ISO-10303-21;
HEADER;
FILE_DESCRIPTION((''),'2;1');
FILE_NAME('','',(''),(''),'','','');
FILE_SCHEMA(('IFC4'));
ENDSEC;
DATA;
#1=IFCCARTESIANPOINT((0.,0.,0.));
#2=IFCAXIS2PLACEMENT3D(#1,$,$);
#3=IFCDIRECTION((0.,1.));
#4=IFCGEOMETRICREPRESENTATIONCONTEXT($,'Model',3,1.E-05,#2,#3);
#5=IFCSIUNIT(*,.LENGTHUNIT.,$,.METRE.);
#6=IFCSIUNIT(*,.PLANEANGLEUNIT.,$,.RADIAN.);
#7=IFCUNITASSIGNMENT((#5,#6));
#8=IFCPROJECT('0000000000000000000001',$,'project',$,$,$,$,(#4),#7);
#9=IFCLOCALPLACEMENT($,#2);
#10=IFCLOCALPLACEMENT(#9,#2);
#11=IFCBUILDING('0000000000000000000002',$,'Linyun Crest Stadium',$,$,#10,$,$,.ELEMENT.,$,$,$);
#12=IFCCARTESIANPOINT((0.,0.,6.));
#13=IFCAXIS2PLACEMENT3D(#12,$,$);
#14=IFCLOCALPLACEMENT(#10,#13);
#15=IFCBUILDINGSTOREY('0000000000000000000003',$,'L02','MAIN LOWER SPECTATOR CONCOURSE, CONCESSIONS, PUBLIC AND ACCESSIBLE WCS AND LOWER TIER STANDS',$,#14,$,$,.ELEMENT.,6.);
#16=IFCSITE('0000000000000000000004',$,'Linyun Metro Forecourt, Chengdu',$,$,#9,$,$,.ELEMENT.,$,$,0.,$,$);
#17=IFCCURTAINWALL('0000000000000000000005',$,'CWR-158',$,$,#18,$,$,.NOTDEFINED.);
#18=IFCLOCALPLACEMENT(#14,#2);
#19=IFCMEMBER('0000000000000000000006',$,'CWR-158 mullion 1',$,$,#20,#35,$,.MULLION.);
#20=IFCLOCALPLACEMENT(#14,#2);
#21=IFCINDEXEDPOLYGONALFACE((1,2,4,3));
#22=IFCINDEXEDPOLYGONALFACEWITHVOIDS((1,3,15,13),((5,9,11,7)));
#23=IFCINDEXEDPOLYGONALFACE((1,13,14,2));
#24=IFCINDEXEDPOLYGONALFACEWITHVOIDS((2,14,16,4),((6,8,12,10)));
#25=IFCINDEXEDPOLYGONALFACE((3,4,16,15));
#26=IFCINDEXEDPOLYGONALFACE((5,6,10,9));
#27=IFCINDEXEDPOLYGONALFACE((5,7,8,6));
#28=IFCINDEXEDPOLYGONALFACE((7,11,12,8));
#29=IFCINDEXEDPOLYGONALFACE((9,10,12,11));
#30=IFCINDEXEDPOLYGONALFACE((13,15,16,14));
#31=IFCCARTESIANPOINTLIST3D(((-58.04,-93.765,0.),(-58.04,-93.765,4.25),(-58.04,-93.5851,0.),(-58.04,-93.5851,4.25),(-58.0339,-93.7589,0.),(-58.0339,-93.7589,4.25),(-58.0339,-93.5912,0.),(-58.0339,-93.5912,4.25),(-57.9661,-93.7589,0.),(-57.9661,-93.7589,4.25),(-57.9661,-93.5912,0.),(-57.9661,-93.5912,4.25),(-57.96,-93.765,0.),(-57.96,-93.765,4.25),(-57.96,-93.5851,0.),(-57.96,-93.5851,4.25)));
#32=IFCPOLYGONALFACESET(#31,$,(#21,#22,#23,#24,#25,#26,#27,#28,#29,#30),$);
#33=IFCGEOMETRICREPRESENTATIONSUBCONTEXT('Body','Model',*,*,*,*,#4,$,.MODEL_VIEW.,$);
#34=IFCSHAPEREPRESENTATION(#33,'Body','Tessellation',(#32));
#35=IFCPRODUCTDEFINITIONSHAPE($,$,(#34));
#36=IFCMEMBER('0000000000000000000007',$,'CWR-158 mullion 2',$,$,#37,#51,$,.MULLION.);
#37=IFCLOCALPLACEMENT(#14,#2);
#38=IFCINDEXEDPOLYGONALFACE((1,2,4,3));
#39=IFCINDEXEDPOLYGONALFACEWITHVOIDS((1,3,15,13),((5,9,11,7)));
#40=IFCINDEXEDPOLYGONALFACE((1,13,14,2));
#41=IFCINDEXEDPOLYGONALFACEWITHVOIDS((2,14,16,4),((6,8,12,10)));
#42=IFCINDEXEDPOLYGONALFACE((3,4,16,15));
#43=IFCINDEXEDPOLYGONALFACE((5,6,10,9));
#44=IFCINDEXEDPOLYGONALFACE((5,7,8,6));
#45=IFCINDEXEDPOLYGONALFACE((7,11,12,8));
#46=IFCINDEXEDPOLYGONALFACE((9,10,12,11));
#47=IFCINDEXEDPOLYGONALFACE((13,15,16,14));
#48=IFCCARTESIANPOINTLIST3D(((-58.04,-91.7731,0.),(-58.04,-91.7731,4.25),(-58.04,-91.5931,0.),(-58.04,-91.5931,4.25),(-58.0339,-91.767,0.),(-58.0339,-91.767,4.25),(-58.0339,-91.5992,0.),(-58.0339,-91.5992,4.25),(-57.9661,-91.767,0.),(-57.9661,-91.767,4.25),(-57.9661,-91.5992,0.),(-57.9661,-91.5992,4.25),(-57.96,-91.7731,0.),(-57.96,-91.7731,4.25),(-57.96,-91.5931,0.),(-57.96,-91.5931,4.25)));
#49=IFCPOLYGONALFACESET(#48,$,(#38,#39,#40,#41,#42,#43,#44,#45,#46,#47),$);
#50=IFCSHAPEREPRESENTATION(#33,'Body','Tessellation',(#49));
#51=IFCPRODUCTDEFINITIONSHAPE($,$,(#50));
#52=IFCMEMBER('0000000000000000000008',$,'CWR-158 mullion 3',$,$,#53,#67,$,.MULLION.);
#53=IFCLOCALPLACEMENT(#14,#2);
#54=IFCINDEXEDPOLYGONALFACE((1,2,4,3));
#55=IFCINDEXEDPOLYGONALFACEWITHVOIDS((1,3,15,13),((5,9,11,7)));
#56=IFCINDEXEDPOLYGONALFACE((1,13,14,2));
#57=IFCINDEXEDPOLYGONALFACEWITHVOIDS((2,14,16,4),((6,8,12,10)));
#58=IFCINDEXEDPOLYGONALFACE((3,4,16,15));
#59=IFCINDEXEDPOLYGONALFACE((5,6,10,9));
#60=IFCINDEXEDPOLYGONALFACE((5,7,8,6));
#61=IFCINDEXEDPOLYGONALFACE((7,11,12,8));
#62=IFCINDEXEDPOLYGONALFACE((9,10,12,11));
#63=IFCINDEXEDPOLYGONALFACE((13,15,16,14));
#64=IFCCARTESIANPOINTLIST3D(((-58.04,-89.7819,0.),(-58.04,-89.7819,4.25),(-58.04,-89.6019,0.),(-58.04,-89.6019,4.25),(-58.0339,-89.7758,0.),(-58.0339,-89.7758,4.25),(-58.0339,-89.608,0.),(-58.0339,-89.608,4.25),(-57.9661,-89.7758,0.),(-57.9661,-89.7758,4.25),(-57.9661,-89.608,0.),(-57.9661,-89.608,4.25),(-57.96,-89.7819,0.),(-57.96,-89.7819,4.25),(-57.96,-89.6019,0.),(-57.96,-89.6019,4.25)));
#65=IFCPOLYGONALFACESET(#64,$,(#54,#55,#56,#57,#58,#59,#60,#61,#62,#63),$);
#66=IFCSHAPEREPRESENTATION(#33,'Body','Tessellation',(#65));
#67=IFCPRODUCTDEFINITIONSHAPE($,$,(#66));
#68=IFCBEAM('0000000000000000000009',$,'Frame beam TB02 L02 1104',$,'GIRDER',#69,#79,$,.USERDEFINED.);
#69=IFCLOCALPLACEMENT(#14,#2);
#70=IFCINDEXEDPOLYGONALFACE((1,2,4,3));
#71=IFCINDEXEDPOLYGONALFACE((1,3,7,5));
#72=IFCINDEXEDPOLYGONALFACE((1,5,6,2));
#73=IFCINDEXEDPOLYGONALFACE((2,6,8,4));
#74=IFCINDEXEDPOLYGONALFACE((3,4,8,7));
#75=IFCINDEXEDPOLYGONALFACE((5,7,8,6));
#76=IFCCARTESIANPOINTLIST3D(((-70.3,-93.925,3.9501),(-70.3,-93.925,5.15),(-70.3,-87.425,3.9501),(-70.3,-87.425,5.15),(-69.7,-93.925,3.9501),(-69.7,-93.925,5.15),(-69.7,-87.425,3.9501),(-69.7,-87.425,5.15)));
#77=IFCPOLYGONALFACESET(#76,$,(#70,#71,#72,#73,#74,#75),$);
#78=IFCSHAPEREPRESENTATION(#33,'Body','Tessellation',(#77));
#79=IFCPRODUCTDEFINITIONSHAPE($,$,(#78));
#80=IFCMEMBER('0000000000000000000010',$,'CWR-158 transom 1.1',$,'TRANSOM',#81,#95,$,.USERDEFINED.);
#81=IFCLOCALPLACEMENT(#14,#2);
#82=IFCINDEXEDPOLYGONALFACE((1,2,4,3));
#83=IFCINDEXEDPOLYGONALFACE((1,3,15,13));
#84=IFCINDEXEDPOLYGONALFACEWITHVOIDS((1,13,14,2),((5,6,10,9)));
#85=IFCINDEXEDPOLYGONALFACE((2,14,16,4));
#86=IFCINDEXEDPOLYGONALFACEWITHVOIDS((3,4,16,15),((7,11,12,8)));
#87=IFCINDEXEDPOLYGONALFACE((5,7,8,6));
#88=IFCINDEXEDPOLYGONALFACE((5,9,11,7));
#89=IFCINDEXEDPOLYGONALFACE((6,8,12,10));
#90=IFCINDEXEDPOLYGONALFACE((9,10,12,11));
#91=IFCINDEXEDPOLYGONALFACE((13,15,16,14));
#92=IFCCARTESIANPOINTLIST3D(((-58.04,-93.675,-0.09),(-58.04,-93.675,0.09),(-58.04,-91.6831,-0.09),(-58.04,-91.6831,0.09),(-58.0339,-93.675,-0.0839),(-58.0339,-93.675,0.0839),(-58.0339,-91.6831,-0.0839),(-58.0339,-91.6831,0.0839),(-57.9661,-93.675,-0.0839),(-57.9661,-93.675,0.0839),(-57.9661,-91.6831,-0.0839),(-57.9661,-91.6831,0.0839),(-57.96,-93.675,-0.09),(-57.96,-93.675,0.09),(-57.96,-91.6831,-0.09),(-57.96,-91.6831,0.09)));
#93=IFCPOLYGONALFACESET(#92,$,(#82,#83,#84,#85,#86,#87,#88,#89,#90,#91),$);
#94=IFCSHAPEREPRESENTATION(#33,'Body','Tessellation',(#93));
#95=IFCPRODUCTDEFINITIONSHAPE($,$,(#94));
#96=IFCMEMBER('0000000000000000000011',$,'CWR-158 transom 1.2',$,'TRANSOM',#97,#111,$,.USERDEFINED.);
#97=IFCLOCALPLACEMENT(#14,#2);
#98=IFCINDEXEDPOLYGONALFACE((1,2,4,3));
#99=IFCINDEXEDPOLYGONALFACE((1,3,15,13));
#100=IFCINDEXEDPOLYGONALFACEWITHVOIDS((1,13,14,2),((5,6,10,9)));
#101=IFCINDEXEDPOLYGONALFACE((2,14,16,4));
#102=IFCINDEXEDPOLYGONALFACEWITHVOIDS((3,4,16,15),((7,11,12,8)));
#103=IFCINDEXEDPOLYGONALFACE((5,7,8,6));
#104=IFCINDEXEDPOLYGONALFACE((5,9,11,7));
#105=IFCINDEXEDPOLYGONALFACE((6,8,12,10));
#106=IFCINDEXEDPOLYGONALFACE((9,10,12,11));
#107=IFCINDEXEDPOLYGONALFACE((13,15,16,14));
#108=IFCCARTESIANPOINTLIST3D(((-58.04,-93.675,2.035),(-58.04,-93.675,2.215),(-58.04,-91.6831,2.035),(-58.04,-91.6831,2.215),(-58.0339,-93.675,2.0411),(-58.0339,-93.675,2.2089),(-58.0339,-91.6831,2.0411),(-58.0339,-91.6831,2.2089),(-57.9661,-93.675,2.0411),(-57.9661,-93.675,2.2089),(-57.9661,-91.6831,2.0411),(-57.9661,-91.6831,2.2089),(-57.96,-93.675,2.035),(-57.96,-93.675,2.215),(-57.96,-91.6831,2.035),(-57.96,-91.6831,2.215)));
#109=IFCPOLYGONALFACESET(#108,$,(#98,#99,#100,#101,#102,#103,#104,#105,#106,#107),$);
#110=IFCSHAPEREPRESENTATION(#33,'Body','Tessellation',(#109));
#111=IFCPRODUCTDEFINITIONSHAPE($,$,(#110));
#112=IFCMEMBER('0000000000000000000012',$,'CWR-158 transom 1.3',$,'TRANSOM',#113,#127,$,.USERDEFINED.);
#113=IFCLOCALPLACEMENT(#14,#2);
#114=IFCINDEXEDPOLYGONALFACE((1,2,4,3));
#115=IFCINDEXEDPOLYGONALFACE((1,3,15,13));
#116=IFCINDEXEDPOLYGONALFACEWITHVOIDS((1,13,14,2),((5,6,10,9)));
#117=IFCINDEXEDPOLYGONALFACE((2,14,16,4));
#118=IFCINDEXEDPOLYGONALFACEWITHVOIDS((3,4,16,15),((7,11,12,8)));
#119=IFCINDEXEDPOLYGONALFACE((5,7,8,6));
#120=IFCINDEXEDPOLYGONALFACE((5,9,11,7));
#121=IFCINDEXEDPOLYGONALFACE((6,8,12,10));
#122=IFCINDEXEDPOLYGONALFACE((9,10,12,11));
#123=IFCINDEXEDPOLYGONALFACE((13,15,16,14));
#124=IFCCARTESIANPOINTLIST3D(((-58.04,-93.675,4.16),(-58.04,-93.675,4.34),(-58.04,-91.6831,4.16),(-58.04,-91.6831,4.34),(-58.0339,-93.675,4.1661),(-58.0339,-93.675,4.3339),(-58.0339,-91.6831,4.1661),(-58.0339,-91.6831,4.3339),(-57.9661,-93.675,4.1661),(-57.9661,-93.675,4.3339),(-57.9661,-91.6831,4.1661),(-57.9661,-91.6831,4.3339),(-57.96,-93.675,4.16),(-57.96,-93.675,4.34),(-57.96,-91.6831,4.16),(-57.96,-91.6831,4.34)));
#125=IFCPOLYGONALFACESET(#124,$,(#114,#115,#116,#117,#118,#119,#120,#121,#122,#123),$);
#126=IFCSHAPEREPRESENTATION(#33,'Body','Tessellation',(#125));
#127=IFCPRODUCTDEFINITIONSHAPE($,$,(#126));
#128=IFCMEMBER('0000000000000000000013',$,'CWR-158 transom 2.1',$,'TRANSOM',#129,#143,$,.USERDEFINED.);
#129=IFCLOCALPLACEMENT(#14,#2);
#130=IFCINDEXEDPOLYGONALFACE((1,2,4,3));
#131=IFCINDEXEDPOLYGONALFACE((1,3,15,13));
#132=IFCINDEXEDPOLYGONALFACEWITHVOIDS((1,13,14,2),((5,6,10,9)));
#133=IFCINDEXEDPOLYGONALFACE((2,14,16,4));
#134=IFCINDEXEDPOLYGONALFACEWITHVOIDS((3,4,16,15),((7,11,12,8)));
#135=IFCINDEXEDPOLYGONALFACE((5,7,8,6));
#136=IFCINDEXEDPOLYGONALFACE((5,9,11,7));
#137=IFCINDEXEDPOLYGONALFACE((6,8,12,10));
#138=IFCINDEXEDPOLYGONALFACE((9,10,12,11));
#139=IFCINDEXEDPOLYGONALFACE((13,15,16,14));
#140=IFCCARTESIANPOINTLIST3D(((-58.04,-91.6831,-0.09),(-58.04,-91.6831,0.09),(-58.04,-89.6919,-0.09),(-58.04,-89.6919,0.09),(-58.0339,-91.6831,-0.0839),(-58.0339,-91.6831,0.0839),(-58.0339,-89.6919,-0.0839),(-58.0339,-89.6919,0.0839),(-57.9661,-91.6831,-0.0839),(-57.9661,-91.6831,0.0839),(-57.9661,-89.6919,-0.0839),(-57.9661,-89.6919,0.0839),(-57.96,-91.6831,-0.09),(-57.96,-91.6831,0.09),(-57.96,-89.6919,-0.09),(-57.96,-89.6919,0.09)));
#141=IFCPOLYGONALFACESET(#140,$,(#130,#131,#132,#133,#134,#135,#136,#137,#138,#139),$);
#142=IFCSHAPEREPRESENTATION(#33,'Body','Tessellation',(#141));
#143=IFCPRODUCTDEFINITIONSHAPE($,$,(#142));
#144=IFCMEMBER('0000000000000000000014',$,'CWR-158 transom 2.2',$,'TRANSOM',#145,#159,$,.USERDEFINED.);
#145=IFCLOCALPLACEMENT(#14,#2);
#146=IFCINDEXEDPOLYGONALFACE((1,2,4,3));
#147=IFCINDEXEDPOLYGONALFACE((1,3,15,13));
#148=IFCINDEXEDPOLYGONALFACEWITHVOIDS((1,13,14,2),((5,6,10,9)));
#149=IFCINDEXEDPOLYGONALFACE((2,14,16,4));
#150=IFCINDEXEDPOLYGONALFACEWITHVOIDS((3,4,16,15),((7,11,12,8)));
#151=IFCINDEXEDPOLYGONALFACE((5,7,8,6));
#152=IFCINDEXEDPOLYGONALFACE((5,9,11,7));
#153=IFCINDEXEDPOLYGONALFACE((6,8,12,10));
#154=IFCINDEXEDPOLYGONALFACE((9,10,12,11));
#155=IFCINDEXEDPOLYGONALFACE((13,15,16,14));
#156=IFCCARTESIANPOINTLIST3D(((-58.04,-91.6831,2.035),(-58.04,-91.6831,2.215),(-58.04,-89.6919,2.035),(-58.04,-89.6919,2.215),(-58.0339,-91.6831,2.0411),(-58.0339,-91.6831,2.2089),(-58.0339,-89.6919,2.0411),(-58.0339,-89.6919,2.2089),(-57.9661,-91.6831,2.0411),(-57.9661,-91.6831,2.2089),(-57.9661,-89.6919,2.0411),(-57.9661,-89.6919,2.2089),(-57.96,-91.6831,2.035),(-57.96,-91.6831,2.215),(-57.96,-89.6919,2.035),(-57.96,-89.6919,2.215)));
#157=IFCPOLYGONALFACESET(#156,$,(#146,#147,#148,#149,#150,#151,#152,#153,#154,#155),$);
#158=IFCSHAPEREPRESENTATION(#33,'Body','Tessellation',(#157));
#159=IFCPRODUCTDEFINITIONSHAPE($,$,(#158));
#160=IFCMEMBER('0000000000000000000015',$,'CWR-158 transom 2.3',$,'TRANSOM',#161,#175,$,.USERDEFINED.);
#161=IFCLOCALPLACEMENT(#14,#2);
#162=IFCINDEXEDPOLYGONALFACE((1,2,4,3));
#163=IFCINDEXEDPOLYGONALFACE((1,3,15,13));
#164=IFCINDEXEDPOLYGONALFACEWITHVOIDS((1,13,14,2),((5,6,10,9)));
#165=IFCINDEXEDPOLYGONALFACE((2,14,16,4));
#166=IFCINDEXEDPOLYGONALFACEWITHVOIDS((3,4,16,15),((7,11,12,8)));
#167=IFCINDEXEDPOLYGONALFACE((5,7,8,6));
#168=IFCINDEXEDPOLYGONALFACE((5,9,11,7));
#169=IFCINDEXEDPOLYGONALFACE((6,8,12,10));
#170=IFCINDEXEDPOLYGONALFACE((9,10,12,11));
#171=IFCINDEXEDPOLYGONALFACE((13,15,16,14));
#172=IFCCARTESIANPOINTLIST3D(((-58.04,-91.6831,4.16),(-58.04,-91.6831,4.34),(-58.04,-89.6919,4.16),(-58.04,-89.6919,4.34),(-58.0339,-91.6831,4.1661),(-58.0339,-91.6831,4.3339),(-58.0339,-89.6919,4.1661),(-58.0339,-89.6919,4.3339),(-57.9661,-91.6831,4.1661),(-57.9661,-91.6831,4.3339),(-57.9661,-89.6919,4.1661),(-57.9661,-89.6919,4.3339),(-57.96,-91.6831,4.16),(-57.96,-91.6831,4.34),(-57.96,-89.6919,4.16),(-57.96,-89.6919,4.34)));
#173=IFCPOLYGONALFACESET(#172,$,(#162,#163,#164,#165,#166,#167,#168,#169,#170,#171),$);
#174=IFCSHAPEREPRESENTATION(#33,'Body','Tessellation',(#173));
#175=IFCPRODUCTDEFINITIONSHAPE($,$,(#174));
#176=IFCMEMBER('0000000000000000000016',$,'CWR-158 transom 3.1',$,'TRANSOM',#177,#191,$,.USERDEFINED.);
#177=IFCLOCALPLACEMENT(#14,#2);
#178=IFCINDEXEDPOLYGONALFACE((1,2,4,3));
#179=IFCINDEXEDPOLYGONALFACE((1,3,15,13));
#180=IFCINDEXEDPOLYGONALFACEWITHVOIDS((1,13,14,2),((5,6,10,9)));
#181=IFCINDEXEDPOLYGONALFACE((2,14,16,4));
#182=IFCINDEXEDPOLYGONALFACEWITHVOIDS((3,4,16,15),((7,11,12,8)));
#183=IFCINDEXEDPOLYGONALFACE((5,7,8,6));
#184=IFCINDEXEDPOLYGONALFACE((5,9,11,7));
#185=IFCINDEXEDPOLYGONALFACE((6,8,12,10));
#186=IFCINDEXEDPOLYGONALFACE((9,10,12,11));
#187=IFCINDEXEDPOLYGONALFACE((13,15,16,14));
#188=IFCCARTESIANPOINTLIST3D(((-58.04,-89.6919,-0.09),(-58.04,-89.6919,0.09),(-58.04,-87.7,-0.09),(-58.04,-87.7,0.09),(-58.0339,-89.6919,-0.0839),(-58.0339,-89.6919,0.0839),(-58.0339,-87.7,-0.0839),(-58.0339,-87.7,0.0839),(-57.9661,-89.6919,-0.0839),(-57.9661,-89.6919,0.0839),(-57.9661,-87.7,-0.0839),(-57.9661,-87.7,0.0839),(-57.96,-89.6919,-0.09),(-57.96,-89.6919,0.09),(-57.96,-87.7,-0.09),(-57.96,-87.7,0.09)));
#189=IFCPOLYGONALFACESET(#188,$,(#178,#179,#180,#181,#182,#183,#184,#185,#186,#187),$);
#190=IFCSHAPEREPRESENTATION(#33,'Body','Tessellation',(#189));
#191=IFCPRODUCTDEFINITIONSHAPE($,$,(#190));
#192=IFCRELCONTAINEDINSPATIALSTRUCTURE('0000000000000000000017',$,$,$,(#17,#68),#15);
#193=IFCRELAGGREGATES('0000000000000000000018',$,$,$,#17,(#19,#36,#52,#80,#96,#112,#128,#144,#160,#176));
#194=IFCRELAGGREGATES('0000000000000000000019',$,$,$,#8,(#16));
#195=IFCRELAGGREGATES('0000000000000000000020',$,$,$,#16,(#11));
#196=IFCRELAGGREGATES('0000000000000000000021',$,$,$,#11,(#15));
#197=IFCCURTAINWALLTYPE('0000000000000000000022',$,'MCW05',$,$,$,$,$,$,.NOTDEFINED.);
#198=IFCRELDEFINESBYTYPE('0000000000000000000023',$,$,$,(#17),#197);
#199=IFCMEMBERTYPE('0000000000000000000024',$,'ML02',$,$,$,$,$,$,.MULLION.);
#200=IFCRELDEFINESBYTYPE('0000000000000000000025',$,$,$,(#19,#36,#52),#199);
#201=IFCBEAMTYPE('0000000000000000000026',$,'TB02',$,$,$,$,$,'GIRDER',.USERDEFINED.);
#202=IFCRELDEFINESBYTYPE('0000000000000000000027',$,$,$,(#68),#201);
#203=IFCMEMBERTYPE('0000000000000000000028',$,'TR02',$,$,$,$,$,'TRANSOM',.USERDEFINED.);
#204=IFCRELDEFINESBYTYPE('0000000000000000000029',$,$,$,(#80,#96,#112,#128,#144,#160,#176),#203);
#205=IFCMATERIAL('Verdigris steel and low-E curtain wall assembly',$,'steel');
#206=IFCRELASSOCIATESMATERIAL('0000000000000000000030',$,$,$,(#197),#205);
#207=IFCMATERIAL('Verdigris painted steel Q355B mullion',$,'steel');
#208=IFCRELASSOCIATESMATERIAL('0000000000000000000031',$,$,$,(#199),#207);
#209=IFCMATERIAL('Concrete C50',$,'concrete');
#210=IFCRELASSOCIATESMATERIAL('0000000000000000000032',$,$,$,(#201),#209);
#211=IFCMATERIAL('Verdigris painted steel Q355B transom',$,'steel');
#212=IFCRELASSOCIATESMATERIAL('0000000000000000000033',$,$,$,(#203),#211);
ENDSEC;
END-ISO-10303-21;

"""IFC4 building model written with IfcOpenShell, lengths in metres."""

from ifc_helpers import new_model, si_unit, direction, frame, origin, origin_2d, place, context, subcontext, project, spatial, rectangle, hollow_rectangle, extrude, material, material_profile, profile_set, type_object, element, aggregate, save


model = new_model("IFC4")

# Units and contexts
model_context = context("Model", 3, precision=1e-05, world=origin(), true_north=direction((0.0, 1.0)))
body_context = subcontext(model_context, "Body", "Model", "MODEL_VIEW")
ifc_project = project(units=[si_unit("LENGTHUNIT", "METRE"), si_unit("PLANEANGLEUNIT", "RADIAN")], contexts=[model_context])

# Site, building, storey
site_placement = place(None, origin())
site = spatial("IfcSite", under=ifc_project, at=site_placement, Name="Linyun Metro Forecourt, Chengdu", CompositionType="ELEMENT", RefElevation=0.0)
building_placement = place(site_placement, origin())
building = spatial("IfcBuilding", under=site, at=building_placement, Name="Linyun Crest Stadium", CompositionType="ELEMENT")
storey_placement = place(building_placement, frame((0.0, 0.0, 6.0)))
storey = spatial("IfcBuildingStorey", under=building, at=storey_placement, Name="L02", Description="MAIN LOWER SPECTATOR CONCOURSE, CONCESSIONS, PUBLIC AND ACCESSIBLE WCS AND LOWER TIER STANDS", CompositionType="ELEMENT", Elevation=6.0)

# Curtain wall, members
ifc_material_1 = material(Name="Verdigris steel and low-E curtain wall assembly", Category="steel")
curtain_wall_type = type_object("IfcCurtainWallType", Name="MCW05", PredefinedType="NOTDEFINED", material=ifc_material_1)
curtain_wall_placement = place(storey_placement, origin())
curtain_wall = element("IfcCurtainWall", 1, at=curtain_wall_placement, inside=storey, type_object=curtain_wall_type, Name="CWR-158", PredefinedType="NOTDEFINED")
ifc_material_2 = material(Name="Verdigris painted steel Q355B mullion", Category="steel")
ifc_material_profile_1 = material_profile(ifc_material_2, hollow_rectangle(XDim=0.0801, YDim=0.1799, WallThickness=0.0061, at=origin_2d()), Name="RHS 180x80x6")
ifc_profile_set_1 = profile_set([ifc_material_profile_1], Name="Verdigris painted steel Q355B mullion")
member_type_1 = type_object("IfcMemberType", Name="ML02", PredefinedType="MULLION", material=ifc_profile_set_1)
member_1_placement = place(storey_placement, frame((-58.0, -93.675, 0.0), z_axis=(0.0, 0.0, 1.0), x_axis=(-1.0, 0.0, 0.0)))
member_1 = element("IfcMember", 2, at=member_1_placement, type_object=member_type_1, Name="CWR-158 mullion 1", PredefinedType="MULLION", context=body_context, shape_type="SweptSolid", body=[
    extrude(hollow_rectangle(XDim=0.0801, YDim=0.1799, WallThickness=0.0061, at=origin_2d()), origin(), (0.0, 0.0, 1.0), 4.25),
])
member_2_placement = place(storey_placement, frame((-58.0, -91.6831, 0.0), z_axis=(0.0, 0.0, 1.0), x_axis=(-1.0, 0.0, 0.0)))
member_2 = element("IfcMember", 3, at=member_2_placement, type_object=member_type_1, Name="CWR-158 mullion 2", PredefinedType="MULLION", context=body_context, shape_type="SweptSolid", body=[
    extrude(hollow_rectangle(XDim=0.0801, YDim=0.1799, WallThickness=0.0061, at=origin_2d()), origin(), (0.0, 0.0, 1.0), 4.25),
])
member_3_placement = place(storey_placement, frame((-58.0, -89.6919, 0.0), z_axis=(0.0, 0.0, 1.0), x_axis=(-1.0, 0.0, 0.0)))
member_3 = element("IfcMember", 4, at=member_3_placement, type_object=member_type_1, Name="CWR-158 mullion 3", PredefinedType="MULLION", context=body_context, shape_type="SweptSolid", body=[
    extrude(hollow_rectangle(XDim=0.0801, YDim=0.1799, WallThickness=0.0061, at=origin_2d()), origin(), (0.0, 0.0, 1.0), 4.25),
])

# Beam
ifc_material_3 = material(Name="Concrete C50", Category="concrete")
ifc_material_profile_2 = material_profile(ifc_material_3, rectangle(XDim=0.6001, YDim=1.2, at=origin_2d()), Name="RCB 1200x600")
ifc_profile_set_2 = profile_set([ifc_material_profile_2], Name="Concrete C50")
beam_type_1 = type_object("IfcBeamType", Name="TB02", ElementType="GIRDER", PredefinedType="USERDEFINED", material=ifc_profile_set_2)
beam_1_placement = place(storey_placement, frame((-70.0, -93.925, 4.55), z_axis=(0.0, 1.0, 0.0), x_axis=(-1.0, 0.0, 0.0)))
element("IfcBeam", 5, at=beam_1_placement, inside=storey, type_object=beam_type_1, Name="Frame beam TB02 L02 1104", ObjectType="GIRDER", PredefinedType="USERDEFINED", context=body_context, shape_type="SweptSolid", body=[
    extrude(rectangle(XDim=0.6001, YDim=1.2, at=origin_2d()), origin(), (0.0, 0.0, 1.0), 6.5),
])

# Members
ifc_material_4 = material(Name="Verdigris painted steel Q355B transom", Category="steel")
ifc_material_profile_3 = material_profile(ifc_material_4, hollow_rectangle(XDim=0.0801, YDim=0.1799, WallThickness=0.0061, at=origin_2d()), Name="RHS 180x80x6")
ifc_profile_set_3 = profile_set([ifc_material_profile_3], Name="Verdigris painted steel Q355B transom")
member_type_2 = type_object("IfcMemberType", Name="TR02", ElementType="TRANSOM", PredefinedType="USERDEFINED", material=ifc_profile_set_3)
member_4_placement = place(storey_placement, frame((-58.0, -93.675, 0.0), z_axis=(0.0, 1.0, 0.0), x_axis=(-1.0, 0.0, 0.0)))
member_4 = element("IfcMember", 6, at=member_4_placement, type_object=member_type_2, Name="CWR-158 transom 1.1", ObjectType="TRANSOM", PredefinedType="USERDEFINED", context=body_context, shape_type="SweptSolid", body=[
    extrude(hollow_rectangle(XDim=0.0801, YDim=0.1799, WallThickness=0.0061, at=origin_2d()), origin(), (0.0, 0.0, 1.0), 1.9919),
])
member_5_placement = place(storey_placement, frame((-58.0, -93.675, 2.125), z_axis=(0.0, 1.0, 0.0), x_axis=(-1.0, 0.0, 0.0)))
member_5 = element("IfcMember", 7, at=member_5_placement, type_object=member_type_2, Name="CWR-158 transom 1.2", ObjectType="TRANSOM", PredefinedType="USERDEFINED", context=body_context, shape_type="SweptSolid", body=[
    extrude(hollow_rectangle(XDim=0.0801, YDim=0.1799, WallThickness=0.0061, at=origin_2d()), origin(), (0.0, 0.0, 1.0), 1.9919),
])
member_6_placement = place(storey_placement, frame((-58.0, -93.675, 4.25), z_axis=(0.0, 1.0, 0.0), x_axis=(-1.0, 0.0, 0.0)))
member_6 = element("IfcMember", 8, at=member_6_placement, type_object=member_type_2, Name="CWR-158 transom 1.3", ObjectType="TRANSOM", PredefinedType="USERDEFINED", context=body_context, shape_type="SweptSolid", body=[
    extrude(hollow_rectangle(XDim=0.0801, YDim=0.1799, WallThickness=0.0061, at=origin_2d()), origin(), (0.0, 0.0, 1.0), 1.9919),
])
member_7_placement = place(storey_placement, frame((-58.0, -91.6831, 0.0), z_axis=(0.0, 1.0, 0.0), x_axis=(-1.0, 0.0, 0.0)))
member_7 = element("IfcMember", 9, at=member_7_placement, type_object=member_type_2, Name="CWR-158 transom 2.1", ObjectType="TRANSOM", PredefinedType="USERDEFINED", context=body_context, shape_type="SweptSolid", body=[
    extrude(hollow_rectangle(XDim=0.0801, YDim=0.1799, WallThickness=0.0061, at=origin_2d()), origin(), (0.0, 0.0, 1.0), 1.9912),
])
member_8_placement = place(storey_placement, frame((-58.0, -91.6831, 2.125), z_axis=(0.0, 1.0, 0.0), x_axis=(-1.0, 0.0, 0.0)))
member_8 = element("IfcMember", 10, at=member_8_placement, type_object=member_type_2, Name="CWR-158 transom 2.2", ObjectType="TRANSOM", PredefinedType="USERDEFINED", context=body_context, shape_type="SweptSolid", body=[
    extrude(hollow_rectangle(XDim=0.0801, YDim=0.1799, WallThickness=0.0061, at=origin_2d()), origin(), (0.0, 0.0, 1.0), 1.9912),
])
member_9_placement = place(storey_placement, frame((-58.0, -91.6831, 4.25), z_axis=(0.0, 1.0, 0.0), x_axis=(-1.0, 0.0, 0.0)))
member_9 = element("IfcMember", 11, at=member_9_placement, type_object=member_type_2, Name="CWR-158 transom 2.3", ObjectType="TRANSOM", PredefinedType="USERDEFINED", context=body_context, shape_type="SweptSolid", body=[
    extrude(hollow_rectangle(XDim=0.0801, YDim=0.1799, WallThickness=0.0061, at=origin_2d()), origin(), (0.0, 0.0, 1.0), 1.9912),
])
member_10_placement = place(storey_placement, frame((-58.0, -89.6919, 0.0), z_axis=(0.0, 1.0, 0.0), x_axis=(-1.0, 0.0, 0.0)))
member_10 = element("IfcMember", 12, at=member_10_placement, type_object=member_type_2, Name="CWR-158 transom 3.1", ObjectType="TRANSOM", PredefinedType="USERDEFINED", context=body_context, shape_type="SweptSolid", body=[
    extrude(hollow_rectangle(XDim=0.0801, YDim=0.1799, WallThickness=0.0061, at=origin_2d()), origin(), (0.0, 0.0, 1.0), 1.9919),
])

aggregate(curtain_wall, [member_1, member_2, member_3, member_4, member_5, member_6, member_7, member_8, member_9, member_10])

save(model, "model.ifc")
